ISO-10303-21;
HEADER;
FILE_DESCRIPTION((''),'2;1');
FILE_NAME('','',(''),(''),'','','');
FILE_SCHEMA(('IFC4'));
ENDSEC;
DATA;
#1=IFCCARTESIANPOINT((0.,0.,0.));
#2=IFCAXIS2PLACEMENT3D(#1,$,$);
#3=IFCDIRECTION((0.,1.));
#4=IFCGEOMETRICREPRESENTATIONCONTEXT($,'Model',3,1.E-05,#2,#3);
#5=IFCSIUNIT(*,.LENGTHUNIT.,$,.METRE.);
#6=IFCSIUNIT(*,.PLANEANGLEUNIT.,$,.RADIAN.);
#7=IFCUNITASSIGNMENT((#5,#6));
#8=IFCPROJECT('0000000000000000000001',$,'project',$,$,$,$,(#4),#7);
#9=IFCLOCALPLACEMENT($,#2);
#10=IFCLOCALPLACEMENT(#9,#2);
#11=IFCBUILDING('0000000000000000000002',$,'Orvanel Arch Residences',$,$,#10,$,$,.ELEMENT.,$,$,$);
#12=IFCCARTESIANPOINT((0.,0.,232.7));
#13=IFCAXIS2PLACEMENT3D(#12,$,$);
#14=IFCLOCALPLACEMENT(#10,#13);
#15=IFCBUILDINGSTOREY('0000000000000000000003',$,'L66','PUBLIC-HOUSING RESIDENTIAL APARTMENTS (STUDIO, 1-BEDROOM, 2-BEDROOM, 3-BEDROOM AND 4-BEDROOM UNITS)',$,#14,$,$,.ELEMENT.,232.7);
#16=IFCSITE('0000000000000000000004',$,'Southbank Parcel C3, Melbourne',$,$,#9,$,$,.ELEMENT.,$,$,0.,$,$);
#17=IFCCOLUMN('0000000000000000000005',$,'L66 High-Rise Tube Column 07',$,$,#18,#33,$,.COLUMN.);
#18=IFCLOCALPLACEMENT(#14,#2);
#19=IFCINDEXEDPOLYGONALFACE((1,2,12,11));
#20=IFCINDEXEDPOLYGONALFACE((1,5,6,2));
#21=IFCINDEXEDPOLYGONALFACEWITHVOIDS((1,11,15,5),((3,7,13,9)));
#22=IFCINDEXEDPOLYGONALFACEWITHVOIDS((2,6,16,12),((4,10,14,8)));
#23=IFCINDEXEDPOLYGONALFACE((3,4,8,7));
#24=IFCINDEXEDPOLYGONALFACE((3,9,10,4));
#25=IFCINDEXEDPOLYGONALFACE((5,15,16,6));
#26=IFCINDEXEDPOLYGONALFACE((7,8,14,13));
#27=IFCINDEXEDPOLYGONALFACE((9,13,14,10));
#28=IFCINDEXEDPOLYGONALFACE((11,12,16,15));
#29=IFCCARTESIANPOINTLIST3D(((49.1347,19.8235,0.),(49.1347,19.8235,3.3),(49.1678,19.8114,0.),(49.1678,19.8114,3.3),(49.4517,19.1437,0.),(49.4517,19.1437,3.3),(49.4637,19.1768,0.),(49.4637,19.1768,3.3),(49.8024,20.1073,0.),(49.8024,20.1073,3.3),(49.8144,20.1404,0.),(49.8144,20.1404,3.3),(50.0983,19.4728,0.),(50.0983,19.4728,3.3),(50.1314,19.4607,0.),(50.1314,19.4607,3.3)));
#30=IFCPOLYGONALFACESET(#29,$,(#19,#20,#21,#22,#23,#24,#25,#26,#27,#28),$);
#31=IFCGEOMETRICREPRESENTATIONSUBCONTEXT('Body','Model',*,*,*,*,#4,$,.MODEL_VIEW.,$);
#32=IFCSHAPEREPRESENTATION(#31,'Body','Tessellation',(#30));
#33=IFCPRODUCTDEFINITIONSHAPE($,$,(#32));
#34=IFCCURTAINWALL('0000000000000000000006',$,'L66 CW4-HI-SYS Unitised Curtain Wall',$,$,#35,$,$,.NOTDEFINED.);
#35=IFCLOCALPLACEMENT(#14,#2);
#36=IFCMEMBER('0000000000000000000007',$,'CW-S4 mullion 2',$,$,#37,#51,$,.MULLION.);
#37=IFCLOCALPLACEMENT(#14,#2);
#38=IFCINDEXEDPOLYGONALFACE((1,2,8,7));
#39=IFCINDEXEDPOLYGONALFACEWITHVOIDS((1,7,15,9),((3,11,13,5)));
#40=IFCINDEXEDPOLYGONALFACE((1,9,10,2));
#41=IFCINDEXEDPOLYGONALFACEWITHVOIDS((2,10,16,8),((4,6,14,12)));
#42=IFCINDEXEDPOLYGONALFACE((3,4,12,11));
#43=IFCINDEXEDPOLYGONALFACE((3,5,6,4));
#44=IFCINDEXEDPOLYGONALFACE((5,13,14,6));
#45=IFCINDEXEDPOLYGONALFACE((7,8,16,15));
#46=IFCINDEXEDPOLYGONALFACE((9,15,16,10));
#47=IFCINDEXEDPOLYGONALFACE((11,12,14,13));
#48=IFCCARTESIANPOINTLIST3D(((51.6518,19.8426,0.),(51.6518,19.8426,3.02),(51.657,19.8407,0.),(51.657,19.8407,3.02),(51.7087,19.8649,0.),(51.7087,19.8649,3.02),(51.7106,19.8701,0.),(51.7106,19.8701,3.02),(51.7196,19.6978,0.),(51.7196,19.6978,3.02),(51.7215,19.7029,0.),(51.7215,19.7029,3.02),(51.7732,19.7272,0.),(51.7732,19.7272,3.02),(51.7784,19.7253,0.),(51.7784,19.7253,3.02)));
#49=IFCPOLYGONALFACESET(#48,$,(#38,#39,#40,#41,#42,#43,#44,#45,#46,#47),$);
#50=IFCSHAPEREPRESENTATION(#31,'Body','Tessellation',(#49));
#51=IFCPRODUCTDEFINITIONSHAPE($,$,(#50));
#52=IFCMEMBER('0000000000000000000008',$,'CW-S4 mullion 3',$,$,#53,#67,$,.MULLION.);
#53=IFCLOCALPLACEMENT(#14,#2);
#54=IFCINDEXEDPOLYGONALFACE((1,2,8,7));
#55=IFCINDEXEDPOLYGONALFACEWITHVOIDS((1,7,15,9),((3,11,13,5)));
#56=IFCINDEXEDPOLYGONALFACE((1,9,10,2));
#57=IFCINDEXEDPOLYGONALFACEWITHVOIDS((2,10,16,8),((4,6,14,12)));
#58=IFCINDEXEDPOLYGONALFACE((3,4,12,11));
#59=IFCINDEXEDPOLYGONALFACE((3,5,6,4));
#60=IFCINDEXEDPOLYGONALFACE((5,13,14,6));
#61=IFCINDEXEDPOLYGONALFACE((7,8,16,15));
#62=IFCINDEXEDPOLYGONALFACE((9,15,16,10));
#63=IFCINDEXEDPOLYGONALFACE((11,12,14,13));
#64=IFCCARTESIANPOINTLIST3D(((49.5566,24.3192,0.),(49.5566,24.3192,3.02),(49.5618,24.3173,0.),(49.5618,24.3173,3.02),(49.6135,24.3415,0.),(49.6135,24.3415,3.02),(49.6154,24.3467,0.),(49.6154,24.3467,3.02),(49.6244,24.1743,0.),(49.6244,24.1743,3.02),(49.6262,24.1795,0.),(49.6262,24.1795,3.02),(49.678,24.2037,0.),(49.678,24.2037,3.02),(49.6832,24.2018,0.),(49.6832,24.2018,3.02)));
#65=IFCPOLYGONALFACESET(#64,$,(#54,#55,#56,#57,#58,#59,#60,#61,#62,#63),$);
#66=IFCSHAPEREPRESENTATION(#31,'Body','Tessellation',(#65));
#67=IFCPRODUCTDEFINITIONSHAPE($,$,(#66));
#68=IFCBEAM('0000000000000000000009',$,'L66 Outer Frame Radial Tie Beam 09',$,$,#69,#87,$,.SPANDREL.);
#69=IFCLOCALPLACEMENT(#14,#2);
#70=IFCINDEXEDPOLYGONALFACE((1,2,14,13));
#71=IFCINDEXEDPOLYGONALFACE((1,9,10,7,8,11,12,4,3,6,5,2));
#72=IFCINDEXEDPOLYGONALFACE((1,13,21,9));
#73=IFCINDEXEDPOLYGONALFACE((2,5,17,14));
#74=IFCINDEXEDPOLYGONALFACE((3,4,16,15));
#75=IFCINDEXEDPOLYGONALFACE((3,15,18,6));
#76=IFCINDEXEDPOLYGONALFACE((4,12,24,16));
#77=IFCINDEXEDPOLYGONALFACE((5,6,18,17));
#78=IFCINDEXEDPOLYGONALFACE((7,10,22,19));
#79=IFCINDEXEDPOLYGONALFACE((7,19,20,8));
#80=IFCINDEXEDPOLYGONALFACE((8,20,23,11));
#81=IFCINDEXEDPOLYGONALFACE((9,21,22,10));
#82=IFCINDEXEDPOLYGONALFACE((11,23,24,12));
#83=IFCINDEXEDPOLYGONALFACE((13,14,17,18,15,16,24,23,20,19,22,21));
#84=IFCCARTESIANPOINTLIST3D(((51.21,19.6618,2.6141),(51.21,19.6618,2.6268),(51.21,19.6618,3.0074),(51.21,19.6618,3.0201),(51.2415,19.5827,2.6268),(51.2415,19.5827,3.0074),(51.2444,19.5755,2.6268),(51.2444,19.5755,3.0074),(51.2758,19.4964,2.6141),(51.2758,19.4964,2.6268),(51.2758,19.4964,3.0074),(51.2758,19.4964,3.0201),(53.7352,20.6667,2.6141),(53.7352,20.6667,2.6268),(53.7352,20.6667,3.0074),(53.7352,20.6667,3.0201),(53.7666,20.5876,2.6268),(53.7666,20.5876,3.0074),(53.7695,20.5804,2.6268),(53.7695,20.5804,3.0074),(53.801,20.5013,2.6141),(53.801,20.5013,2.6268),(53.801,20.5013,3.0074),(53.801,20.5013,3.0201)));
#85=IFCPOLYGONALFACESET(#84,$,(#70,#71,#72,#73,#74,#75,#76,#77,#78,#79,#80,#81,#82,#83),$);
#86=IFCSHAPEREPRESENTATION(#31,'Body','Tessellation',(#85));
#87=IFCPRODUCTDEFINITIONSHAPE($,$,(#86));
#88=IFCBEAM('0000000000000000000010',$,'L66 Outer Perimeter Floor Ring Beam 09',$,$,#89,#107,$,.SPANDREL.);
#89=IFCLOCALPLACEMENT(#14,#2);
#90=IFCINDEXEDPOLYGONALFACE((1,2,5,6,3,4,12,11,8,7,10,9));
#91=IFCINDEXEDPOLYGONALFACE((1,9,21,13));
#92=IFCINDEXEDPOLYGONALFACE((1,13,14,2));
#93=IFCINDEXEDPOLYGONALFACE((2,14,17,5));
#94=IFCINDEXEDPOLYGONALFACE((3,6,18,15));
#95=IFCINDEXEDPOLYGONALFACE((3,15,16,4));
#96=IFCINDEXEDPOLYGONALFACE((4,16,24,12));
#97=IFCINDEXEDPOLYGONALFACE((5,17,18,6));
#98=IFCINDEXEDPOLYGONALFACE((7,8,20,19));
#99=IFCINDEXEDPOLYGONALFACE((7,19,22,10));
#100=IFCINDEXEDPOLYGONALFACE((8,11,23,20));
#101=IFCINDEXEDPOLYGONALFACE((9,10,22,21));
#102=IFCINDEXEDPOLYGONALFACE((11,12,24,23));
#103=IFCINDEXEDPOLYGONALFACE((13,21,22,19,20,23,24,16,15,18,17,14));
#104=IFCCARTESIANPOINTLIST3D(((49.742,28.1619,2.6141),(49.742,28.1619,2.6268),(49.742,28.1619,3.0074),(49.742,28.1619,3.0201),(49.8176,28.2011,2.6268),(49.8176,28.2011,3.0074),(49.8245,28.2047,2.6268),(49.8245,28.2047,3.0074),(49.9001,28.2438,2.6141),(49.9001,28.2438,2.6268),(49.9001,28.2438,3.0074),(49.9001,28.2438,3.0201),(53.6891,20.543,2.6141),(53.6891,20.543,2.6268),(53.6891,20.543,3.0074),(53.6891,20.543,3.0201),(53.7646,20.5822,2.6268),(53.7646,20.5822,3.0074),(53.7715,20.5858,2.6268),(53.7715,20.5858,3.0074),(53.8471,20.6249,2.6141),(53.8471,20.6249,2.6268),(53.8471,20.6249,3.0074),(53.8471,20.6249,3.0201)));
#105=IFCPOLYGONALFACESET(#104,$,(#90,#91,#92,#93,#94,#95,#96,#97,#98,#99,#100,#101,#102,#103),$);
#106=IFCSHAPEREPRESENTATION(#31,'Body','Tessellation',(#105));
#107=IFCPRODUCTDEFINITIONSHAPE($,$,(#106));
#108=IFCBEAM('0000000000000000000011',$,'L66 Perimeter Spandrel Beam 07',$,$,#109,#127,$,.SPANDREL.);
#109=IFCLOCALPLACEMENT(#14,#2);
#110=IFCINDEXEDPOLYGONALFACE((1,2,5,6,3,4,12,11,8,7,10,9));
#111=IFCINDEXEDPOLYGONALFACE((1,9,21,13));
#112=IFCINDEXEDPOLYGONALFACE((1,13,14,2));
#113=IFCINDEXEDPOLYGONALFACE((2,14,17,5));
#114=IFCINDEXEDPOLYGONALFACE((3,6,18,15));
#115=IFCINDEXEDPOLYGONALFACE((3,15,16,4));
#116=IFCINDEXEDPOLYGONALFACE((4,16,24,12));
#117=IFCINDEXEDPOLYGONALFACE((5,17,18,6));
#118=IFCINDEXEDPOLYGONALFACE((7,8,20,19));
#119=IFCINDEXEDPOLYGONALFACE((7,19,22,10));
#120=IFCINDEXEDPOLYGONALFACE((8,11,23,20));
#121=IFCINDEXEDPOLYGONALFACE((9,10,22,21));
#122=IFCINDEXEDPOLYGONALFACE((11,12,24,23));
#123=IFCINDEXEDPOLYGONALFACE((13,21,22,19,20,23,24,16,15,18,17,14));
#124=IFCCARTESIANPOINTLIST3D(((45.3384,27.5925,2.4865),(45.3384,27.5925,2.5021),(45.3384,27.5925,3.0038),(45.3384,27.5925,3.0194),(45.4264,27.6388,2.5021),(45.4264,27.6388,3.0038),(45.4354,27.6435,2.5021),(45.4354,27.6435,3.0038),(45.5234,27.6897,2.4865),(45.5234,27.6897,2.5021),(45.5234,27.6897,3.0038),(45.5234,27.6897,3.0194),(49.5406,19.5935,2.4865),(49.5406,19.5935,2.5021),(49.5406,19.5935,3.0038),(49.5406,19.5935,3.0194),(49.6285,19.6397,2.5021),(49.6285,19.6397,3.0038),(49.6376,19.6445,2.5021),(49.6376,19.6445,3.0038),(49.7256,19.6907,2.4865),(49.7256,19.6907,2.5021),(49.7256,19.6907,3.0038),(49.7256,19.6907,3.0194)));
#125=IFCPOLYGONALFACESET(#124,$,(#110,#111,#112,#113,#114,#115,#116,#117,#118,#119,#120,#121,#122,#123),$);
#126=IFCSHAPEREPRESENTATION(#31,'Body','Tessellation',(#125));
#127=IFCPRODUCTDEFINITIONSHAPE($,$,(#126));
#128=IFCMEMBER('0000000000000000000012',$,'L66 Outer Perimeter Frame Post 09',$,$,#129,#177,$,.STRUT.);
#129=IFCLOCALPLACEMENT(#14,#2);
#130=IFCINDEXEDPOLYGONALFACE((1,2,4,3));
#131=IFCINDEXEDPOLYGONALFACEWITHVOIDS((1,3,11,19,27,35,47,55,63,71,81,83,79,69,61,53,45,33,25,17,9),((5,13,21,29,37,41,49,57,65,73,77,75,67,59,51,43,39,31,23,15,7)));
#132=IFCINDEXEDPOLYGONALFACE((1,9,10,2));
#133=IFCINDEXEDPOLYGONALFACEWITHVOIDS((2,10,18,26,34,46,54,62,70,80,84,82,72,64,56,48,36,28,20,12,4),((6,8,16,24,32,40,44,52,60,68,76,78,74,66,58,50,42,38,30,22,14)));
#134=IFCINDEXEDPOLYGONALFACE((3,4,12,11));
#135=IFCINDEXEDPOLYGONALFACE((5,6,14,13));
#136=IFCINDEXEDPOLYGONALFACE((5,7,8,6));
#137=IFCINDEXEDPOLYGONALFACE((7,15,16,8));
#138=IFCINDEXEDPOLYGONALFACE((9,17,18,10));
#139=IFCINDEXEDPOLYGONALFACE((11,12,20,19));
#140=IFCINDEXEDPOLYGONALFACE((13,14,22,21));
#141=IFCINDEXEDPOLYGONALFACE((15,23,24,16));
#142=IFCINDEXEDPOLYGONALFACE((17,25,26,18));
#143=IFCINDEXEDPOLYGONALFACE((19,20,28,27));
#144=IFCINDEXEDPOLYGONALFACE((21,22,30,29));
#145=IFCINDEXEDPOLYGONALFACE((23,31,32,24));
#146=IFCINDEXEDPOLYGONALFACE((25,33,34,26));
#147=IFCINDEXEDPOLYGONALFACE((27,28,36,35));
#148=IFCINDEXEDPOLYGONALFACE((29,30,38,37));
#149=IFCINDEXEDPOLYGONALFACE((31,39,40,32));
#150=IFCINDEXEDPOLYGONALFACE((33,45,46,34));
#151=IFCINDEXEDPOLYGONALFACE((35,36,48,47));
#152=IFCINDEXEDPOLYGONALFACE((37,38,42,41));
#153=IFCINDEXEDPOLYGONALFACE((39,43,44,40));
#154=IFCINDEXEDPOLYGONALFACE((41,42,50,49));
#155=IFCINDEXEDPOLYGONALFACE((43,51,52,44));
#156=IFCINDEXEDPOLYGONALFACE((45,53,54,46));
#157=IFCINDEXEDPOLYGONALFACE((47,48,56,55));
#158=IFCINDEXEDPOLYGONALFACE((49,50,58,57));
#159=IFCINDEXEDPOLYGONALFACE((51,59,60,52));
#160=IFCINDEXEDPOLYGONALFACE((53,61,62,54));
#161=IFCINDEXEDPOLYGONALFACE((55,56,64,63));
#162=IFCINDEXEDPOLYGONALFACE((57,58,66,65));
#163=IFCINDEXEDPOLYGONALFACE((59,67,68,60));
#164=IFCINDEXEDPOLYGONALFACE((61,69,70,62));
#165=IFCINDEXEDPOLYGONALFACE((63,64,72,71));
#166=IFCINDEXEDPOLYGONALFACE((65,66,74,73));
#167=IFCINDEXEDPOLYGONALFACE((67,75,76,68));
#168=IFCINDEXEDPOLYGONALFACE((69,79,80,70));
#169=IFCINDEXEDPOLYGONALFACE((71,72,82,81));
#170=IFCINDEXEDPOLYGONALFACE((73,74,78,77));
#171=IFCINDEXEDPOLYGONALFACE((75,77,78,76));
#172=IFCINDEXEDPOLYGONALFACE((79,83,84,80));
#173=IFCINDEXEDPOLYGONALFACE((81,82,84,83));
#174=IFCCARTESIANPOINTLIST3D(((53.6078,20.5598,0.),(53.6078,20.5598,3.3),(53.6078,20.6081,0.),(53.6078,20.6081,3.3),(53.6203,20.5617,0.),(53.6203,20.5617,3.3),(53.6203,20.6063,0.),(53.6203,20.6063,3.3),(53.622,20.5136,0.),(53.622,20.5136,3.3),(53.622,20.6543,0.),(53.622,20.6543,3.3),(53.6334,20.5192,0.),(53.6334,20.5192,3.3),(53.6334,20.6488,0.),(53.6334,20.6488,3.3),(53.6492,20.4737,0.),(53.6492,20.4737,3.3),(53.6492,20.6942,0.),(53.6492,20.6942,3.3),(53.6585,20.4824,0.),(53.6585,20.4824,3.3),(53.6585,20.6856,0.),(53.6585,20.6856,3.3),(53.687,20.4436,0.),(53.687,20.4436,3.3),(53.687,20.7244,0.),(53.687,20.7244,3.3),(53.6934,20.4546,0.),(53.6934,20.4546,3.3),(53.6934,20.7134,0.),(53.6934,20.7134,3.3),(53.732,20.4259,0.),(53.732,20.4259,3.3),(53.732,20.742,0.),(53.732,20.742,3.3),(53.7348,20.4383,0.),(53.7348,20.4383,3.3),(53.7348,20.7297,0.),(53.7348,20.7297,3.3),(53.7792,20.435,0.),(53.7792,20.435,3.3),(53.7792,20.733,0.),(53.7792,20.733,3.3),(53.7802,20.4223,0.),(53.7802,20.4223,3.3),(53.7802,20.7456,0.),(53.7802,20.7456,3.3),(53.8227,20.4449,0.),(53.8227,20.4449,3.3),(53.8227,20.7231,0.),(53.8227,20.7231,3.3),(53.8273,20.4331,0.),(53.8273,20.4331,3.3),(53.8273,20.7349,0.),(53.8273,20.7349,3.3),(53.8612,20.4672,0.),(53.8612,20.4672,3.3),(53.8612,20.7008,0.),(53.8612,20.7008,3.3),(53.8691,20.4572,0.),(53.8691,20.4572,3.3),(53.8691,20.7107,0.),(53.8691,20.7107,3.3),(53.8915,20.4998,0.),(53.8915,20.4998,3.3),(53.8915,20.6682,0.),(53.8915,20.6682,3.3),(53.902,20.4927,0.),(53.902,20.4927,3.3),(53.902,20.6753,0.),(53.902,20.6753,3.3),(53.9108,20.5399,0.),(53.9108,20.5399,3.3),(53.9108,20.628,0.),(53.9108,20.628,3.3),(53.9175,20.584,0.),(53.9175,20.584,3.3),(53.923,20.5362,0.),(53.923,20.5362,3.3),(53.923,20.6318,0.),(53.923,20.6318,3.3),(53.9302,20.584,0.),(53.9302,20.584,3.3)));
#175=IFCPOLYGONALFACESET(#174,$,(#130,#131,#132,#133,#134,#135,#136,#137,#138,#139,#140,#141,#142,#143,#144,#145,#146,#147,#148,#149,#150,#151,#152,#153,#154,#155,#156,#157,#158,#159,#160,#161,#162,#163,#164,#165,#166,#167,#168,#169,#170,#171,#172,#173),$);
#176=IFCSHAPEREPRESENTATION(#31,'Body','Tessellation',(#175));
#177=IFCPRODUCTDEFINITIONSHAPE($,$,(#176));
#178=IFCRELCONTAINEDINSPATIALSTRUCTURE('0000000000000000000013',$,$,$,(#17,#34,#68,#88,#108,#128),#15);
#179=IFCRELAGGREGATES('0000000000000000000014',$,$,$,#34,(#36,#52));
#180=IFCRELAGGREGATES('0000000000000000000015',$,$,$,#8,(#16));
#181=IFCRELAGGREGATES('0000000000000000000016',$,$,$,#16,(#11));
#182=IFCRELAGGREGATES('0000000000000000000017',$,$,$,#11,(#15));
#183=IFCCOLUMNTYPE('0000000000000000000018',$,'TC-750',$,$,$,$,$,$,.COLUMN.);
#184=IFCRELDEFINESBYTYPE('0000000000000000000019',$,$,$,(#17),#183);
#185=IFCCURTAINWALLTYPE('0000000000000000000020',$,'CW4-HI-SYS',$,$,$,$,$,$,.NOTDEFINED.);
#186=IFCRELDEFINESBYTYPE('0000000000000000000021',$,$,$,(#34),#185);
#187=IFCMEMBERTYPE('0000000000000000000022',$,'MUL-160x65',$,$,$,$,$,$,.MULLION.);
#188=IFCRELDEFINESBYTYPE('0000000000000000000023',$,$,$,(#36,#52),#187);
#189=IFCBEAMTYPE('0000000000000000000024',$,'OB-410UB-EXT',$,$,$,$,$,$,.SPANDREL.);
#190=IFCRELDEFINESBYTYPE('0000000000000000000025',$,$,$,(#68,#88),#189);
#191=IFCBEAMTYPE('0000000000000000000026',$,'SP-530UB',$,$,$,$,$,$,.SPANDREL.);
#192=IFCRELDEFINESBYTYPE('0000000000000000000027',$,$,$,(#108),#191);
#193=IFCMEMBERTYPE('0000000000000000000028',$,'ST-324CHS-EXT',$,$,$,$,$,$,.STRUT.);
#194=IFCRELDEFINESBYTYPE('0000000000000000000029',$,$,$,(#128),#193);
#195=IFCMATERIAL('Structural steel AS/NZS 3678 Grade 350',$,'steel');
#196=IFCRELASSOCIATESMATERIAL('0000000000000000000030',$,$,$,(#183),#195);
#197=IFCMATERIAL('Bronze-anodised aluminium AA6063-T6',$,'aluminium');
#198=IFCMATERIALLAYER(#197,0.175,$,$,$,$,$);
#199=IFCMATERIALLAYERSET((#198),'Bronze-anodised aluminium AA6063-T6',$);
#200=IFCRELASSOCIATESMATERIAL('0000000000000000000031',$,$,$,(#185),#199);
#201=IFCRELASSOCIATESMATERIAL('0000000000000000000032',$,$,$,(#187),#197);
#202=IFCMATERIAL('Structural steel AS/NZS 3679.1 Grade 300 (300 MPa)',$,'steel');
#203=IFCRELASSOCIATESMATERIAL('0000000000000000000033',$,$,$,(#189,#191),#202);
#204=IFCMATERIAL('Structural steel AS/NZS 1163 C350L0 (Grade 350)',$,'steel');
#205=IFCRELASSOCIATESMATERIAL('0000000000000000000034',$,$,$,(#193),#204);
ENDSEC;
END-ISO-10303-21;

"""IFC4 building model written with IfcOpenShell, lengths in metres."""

from ifc_helpers import new_model, si_unit, direction, frame, origin, origin_2d, place, context, subcontext, project, spatial, hollow_rectangle, hollow_circle, i_section, extrude, material, layer, layer_set, material_profile, profile_set, type_object, element, aggregate, save


model = new_model("IFC4")

# Units and contexts
model_context = context("Model", 3, precision=1e-05, world=origin(), true_north=direction((0.0, 1.0)))
body_context = subcontext(model_context, "Body", "Model", "MODEL_VIEW")
ifc_project = project(units=[si_unit("LENGTHUNIT", "METRE"), si_unit("PLANEANGLEUNIT", "RADIAN")], contexts=[model_context])

# Site, building, storey
site_placement = place(None, origin())
site = spatial("IfcSite", under=ifc_project, at=site_placement, Name="Southbank Parcel C3, Melbourne", CompositionType="ELEMENT", RefElevation=0.0)
building_placement = place(site_placement, origin())
building = spatial("IfcBuilding", under=site, at=building_placement, Name="Orvanel Arch Residences", CompositionType="ELEMENT")
storey_placement = place(building_placement, frame((0.0, 0.0, 232.7)))
storey = spatial("IfcBuildingStorey", under=building, at=storey_placement, Name="L66", Description="PUBLIC-HOUSING RESIDENTIAL APARTMENTS (STUDIO, 1-BEDROOM, 2-BEDROOM, 3-BEDROOM AND 4-BEDROOM UNITS)", CompositionType="ELEMENT", Elevation=232.7)

# Column
ifc_material_1 = material(Name="Structural steel AS/NZS 3678 Grade 350", Category="steel")
ifc_material_profile_1 = material_profile(ifc_material_1, hollow_rectangle(XDim=0.75, YDim=0.75, WallThickness=0.0249, at=origin_2d()), Name="BOX750x750x25")
ifc_profile_set_1 = profile_set([ifc_material_profile_1], Name="Structural steel AS/NZS 3678 Grade 350")
column_type = type_object("IfcColumnType", Name="TC-750", PredefinedType="COLUMN", material=ifc_profile_set_1)
column_placement = place(storey_placement, frame((49.6331, 19.6421, 0.0), z_axis=(0.0, 0.0, 1.0), x_axis=(-0.422618, 0.906308, 0.0)))
element("IfcColumn", 1, at=column_placement, inside=storey, type_object=column_type, Name="L66 High-Rise Tube Column 07", PredefinedType="COLUMN", context=body_context, shape_type="SweptSolid", body=[
    extrude(hollow_rectangle(XDim=0.75, YDim=0.75, WallThickness=0.0249, at=origin_2d()), origin(), (0.0, 0.0, 1.0), 3.3),
])

# Curtain wall, members
ifc_material_2 = material(Name="Bronze-anodised aluminium AA6063-T6", Category="aluminium")
ifc_layer_1 = layer(ifc_material_2, 0.175)
ifc_layer_set_1 = layer_set([ifc_layer_1], Name="Bronze-anodised aluminium AA6063-T6")
curtain_wall_type = type_object("IfcCurtainWallType", Name="CW4-HI-SYS", PredefinedType="NOTDEFINED", material=ifc_layer_set_1)
curtain_wall_placement = place(storey_placement, origin())
curtain_wall = element("IfcCurtainWall", 2, at=curtain_wall_placement, inside=storey, type_object=curtain_wall_type, Name="L66 CW4-HI-SYS Unitised Curtain Wall", PredefinedType="NOTDEFINED")
ifc_material_profile_2 = material_profile(ifc_material_2, hollow_rectangle(XDim=0.0649, YDim=0.1599, WallThickness=0.0039, at=origin_2d()), Name="ALU160x65x4")
ifc_profile_set_2 = profile_set([ifc_material_profile_2], Name="Bronze-anodised aluminium AA6063-T6")
member_type_1 = type_object("IfcMemberType", Name="MUL-160x65", PredefinedType="MULLION", material=ifc_profile_set_2)
member_1_placement = place(storey_placement, frame((51.7151, 19.7839, 0.0), z_axis=(0.0, 0.0, 1.0), x_axis=(-0.905705, -0.423909, 0.0)))
member_1 = element("IfcMember", 3, at=member_1_placement, type_object=member_type_1, Name="CW-S4 mullion 2", PredefinedType="MULLION", context=body_context, shape_type="SweptSolid", body=[
    extrude(hollow_rectangle(XDim=0.0649, YDim=0.1599, WallThickness=0.0039, at=origin_2d()), origin(), (0.0, 0.0, 1.0), 3.02),
])
member_2_placement = place(storey_placement, frame((49.6199, 24.2605, 0.0), z_axis=(0.0, 0.0, 1.0), x_axis=(-0.905705, -0.423909, 0.0)))
member_2 = element("IfcMember", 4, at=member_2_placement, type_object=member_type_1, Name="CW-S4 mullion 3", PredefinedType="MULLION", context=body_context, shape_type="SweptSolid", body=[
    extrude(hollow_rectangle(XDim=0.0649, YDim=0.1599, WallThickness=0.0039, at=origin_2d()), origin(), (0.0, 0.0, 1.0), 3.02),
])

# Beams
ifc_material_3 = material(Name="Structural steel AS/NZS 3679.1 Grade 300 (300 MPa)", Category="steel")
ifc_material_profile_3 = material_profile(ifc_material_3, i_section(OverallWidth=0.178, OverallDepth=0.406, WebThickness=0.0078, FlangeThickness=0.0127, at=origin_2d()), Name="410UB59.7")
ifc_profile_set_3 = profile_set([ifc_material_profile_3], Name="Structural steel AS/NZS 3679.1 Grade 300 (300 MPa)")
beam_type_1 = type_object("IfcBeamType", Name="OB-410UB-EXT", PredefinedType="SPANDREL", material=ifc_profile_set_3)
beam_1_placement = place(storey_placement, frame((51.2429, 19.5791, 2.8171), z_axis=(0.929132, 0.369748, 0.0), x_axis=(-0.369748, 0.929132, 0.0)))
element("IfcBeam", 5, at=beam_1_placement, inside=storey, type_object=beam_type_1, Name="L66 Outer Frame Radial Tie Beam 09", PredefinedType="SPANDREL", context=body_context, shape_type="SweptSolid", body=[
    extrude(i_section(OverallWidth=0.178, OverallDepth=0.406, WebThickness=0.0078, FlangeThickness=0.0127, at=origin_2d()), origin(), (0.0, 0.0, 1.0), 2.7178),
])
beam_2_placement = place(storey_placement, frame((53.7681, 20.584, 2.8171), z_axis=(-0.459994, 0.887922, 0.0), x_axis=(-0.887922, -0.459994, 0.0)))
element("IfcBeam", 6, at=beam_2_placement, inside=storey, type_object=beam_type_1, Name="L66 Outer Perimeter Floor Ring Beam 09", PredefinedType="SPANDREL", context=body_context, shape_type="SweptSolid", body=[
    extrude(i_section(OverallWidth=0.178, OverallDepth=0.406, WebThickness=0.0078, FlangeThickness=0.0127, at=origin_2d()), origin(), (0.0, 0.0, 1.0), 8.5806),
])
ifc_material_profile_4 = material_profile(ifc_material_3, i_section(OverallWidth=0.209, OverallDepth=0.533, WebThickness=0.0103, FlangeThickness=0.0156, at=origin_2d()), Name="530UB92.4")
ifc_profile_set_4 = profile_set([ifc_material_profile_4], Name="Structural steel AS/NZS 3679.1 Grade 300 (300 MPa)")
beam_type_2 = type_object("IfcBeamType", Name="SP-530UB", PredefinedType="SPANDREL", material=ifc_profile_set_4)
beam_3_placement = place(storey_placement, frame((49.6331, 19.6421, 2.7529), z_axis=(-0.465065, 0.885277, 0.0), x_axis=(-0.885277, -0.465065, 0.0)))
element("IfcBeam", 7, at=beam_3_placement, inside=storey, type_object=beam_type_2, Name="L66 Perimeter Spandrel Beam 07", PredefinedType="SPANDREL", context=body_context, shape_type="SweptSolid", body=[
    extrude(i_section(OverallWidth=0.209, OverallDepth=0.533, WebThickness=0.0103, FlangeThickness=0.0156, at=origin_2d()), origin(), (0.0, 0.0, 1.0), 9.0356),
])

# Member
ifc_material_4 = material(Name="Structural steel AS/NZS 1163 C350L0 (Grade 350)", Category="steel")
ifc_material_profile_5 = material_profile(ifc_material_4, hollow_circle(Radius=0.1621, WallThickness=0.0127, at=origin_2d()), Name="CHS324x12.7")
ifc_profile_set_5 = profile_set([ifc_material_profile_5], Name="Structural steel AS/NZS 1163 C350L0 (Grade 350)")
member_type_2 = type_object("IfcMemberType", Name="ST-324CHS-EXT", PredefinedType="STRUT", material=ifc_profile_set_5)
member_3_placement = place(storey_placement, frame((53.7681, 20.584, 0.0), z_axis=(0.0, 0.0, 1.0), x_axis=(1.0, 0.0, 0.0)))
element("IfcMember", 8, at=member_3_placement, inside=storey, type_object=member_type_2, Name="L66 Outer Perimeter Frame Post 09", PredefinedType="STRUT", context=body_context, shape_type="SweptSolid", body=[
    extrude(hollow_circle(Radius=0.1621, WallThickness=0.0127, at=origin_2d()), origin(), (0.0, 0.0, 1.0), 3.3),
])

aggregate(curtain_wall, [member_1, member_2])

save(model, "model.ifc")
